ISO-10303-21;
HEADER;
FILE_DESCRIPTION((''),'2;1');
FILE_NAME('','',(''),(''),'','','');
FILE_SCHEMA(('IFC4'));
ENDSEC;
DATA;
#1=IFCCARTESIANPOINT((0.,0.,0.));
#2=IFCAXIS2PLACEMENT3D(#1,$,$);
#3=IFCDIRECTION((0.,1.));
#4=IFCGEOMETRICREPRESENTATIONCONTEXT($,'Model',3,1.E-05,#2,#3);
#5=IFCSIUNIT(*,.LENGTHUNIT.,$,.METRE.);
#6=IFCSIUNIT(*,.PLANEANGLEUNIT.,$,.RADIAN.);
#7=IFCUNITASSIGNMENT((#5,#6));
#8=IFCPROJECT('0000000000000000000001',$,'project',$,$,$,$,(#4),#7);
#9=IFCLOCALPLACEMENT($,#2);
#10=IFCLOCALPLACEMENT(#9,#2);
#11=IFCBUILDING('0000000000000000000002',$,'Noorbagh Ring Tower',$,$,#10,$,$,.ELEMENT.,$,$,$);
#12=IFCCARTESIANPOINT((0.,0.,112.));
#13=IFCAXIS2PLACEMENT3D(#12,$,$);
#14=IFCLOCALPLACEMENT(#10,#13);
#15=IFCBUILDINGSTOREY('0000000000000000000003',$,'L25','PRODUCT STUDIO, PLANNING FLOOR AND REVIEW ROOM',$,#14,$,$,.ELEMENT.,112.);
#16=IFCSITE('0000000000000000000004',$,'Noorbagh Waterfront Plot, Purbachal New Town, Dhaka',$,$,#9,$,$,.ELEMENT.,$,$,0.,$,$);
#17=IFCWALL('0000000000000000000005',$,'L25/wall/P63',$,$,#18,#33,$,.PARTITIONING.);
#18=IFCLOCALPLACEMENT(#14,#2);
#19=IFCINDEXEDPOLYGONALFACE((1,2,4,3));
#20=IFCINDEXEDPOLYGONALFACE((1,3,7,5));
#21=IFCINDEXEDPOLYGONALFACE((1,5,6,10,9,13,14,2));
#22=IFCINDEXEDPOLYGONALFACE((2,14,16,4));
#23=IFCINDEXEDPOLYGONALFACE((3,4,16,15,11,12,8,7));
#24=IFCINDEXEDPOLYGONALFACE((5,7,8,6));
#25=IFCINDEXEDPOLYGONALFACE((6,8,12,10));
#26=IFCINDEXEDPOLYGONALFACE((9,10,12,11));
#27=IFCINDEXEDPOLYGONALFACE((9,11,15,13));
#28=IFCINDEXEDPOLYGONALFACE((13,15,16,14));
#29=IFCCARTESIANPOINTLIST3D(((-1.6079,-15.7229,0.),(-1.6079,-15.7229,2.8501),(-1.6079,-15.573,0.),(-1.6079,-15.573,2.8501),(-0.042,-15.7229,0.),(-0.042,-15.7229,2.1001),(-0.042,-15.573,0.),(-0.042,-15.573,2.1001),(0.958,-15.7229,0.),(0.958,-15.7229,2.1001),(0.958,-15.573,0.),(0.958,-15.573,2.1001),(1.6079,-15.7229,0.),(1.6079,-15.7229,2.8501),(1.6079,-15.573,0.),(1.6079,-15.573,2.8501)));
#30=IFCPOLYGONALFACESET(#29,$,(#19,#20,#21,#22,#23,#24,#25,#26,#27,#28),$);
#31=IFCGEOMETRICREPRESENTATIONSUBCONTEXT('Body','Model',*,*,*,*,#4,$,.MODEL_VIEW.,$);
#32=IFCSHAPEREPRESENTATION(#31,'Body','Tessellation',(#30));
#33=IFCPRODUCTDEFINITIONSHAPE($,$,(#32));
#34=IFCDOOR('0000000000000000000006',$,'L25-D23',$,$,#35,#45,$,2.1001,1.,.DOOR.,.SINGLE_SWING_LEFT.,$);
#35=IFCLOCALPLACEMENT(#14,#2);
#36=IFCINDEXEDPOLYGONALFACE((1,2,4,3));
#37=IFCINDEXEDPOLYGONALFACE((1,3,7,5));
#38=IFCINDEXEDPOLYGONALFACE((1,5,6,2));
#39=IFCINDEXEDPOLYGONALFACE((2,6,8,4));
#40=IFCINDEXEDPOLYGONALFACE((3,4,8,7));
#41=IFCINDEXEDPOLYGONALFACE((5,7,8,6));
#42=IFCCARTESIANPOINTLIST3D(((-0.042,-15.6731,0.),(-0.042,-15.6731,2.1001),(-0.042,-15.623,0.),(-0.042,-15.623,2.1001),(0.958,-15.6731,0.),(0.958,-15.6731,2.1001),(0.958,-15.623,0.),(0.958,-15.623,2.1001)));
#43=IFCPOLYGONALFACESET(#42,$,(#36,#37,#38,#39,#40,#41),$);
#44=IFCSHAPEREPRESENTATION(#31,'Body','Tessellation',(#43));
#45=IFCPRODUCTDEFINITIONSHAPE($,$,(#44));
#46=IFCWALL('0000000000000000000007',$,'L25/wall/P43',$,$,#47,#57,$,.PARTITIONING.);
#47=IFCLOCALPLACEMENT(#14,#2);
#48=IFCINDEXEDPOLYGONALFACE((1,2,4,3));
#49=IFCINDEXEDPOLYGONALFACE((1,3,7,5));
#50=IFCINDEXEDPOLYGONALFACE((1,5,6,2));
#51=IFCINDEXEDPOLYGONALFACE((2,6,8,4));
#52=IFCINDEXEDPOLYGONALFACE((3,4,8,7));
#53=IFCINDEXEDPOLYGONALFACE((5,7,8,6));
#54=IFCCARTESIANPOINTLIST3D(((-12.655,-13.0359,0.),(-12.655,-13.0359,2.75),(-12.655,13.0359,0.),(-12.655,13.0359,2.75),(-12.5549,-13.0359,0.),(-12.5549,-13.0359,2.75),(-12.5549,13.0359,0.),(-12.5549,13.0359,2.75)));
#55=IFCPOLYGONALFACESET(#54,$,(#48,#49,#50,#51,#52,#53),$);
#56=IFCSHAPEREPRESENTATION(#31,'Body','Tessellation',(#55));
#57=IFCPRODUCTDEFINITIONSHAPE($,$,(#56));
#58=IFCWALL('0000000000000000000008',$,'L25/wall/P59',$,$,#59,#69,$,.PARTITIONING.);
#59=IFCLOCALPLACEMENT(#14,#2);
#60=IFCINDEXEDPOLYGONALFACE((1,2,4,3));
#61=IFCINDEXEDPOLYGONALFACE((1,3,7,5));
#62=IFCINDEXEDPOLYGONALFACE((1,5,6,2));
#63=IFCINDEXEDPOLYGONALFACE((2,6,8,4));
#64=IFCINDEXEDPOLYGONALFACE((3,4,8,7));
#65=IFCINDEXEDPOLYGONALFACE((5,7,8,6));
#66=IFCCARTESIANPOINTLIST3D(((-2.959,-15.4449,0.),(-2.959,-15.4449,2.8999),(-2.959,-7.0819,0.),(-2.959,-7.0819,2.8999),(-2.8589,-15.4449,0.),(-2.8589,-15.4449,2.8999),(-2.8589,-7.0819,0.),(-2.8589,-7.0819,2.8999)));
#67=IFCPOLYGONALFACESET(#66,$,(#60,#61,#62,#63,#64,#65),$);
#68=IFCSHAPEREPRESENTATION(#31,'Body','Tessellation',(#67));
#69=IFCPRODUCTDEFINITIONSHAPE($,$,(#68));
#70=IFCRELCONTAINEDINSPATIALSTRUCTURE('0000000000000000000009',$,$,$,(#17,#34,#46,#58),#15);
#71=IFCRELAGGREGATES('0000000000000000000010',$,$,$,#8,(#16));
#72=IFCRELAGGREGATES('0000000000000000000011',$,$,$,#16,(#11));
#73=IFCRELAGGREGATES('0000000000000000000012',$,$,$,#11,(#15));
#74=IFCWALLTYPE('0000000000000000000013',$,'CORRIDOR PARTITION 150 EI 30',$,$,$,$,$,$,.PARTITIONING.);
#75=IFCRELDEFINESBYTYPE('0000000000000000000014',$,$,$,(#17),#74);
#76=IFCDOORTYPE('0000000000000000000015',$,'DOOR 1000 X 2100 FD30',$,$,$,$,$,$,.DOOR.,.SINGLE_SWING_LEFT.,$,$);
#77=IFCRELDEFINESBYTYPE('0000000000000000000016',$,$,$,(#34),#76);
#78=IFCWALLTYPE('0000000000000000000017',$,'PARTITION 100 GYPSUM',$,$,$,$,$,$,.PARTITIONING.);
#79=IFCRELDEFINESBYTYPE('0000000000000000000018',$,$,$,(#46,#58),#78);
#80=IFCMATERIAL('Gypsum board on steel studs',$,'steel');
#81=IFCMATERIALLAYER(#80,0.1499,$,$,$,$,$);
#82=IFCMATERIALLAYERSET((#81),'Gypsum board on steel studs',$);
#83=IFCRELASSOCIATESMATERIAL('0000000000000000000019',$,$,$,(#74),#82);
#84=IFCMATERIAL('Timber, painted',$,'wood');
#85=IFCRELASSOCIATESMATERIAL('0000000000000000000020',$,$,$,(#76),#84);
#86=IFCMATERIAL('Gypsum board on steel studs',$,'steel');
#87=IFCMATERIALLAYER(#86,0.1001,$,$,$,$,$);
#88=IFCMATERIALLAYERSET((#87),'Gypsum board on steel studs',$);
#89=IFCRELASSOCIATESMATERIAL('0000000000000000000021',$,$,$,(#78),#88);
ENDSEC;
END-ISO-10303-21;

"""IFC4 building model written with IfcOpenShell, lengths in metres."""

from ifc_helpers import new_model, si_unit, direction, frame, frame_2d, origin, place, context, subcontext, project, spatial, rectangle, extrude, material, layer, layer_set, type_object, element, fill, save


model = new_model("IFC4")

# Units and contexts
model_context = context("Model", 3, precision=1e-05, world=origin(), true_north=direction((0.0, 1.0)))
body_context = subcontext(model_context, "Body", "Model", "MODEL_VIEW")
ifc_project = project(units=[si_unit("LENGTHUNIT", "METRE"), si_unit("PLANEANGLEUNIT", "RADIAN")], contexts=[model_context])

# Site, building, storey
site_placement = place(None, origin())
site = spatial("IfcSite", under=ifc_project, at=site_placement, Name="Noorbagh Waterfront Plot, Purbachal New Town, Dhaka", CompositionType="ELEMENT", RefElevation=0.0)
building_placement = place(site_placement, origin())
building = spatial("IfcBuilding", under=site, at=building_placement, Name="Noorbagh Ring Tower", CompositionType="ELEMENT")
storey_placement = place(building_placement, frame((0.0, 0.0, 112.0)))
storey = spatial("IfcBuildingStorey", under=building, at=storey_placement, Name="L25", Description="PRODUCT STUDIO, PLANNING FLOOR AND REVIEW ROOM", CompositionType="ELEMENT", Elevation=112.0)

# Shared definitions
ifc_material_1 = material(Name="Gypsum board on steel studs", Category="steel")
ifc_layer_1 = layer(ifc_material_1, 0.1499)
ifc_layer_set_1 = layer_set([ifc_layer_1], Name="Gypsum board on steel studs")
wall_type_1 = type_object("IfcWallType", Name="CORRIDOR PARTITION 150 EI 30", PredefinedType="PARTITIONING", material=ifc_layer_set_1)

# Shared definitions
ifc_material_2 = material(Name="Timber, painted", Category="wood")
door_type_1 = type_object("IfcDoorType", Name="DOOR 1000 X 2100 FD30", OperationType="SINGLE_SWING_LEFT", PredefinedType="DOOR", material=ifc_material_2)

# Wall, opening, door
wall_1_placement = place(storey_placement, frame((-1.6079, -15.6479, 0.0), z_axis=(0.0, 0.0, 1.0), x_axis=(1.0, 0.0, 0.0)))
wall_1 = element("IfcWall", 1, at=wall_1_placement, inside=storey, type_object=wall_type_1, Name="L25/wall/P63", PredefinedType="PARTITIONING", context=body_context, shape_type="SweptSolid", body=[
    extrude(rectangle(XDim=3.2158, YDim=0.1499, at=frame_2d((1.6079, 0.0))), origin(), (0.0, 0.0, 1.0), 2.8501),
])
opening_1_placement = place(wall_1_placement, frame((1.5659, 0.0, 0.0)))
opening_1 = element("IfcOpeningElement", 2, at=opening_1_placement, cuts=wall_1, PredefinedType="OPENING", context=body_context, shape_type="SweptSolid", body=[
    extrude(rectangle(XDim=1.0, YDim=2.1001, at=frame_2d((0.5, 1.05))), frame((0.0, 0.085, 0.0), z_axis=(0.0, -1.0, 0.0), x_axis=(1.0, 0.0, 0.0)), (0.0, 0.0, 1.0), 0.1699),
])
door_1_placement = place(opening_1_placement, origin())
door_1 = element("IfcDoor", 3, at=door_1_placement, inside=storey, type_object=door_type_1, Name="L25-D23", OperationType="SINGLE_SWING_LEFT", OverallHeight=2.1001, OverallWidth=1.0, PredefinedType="DOOR", context=body_context, shape_type="SweptSolid", body=[
    extrude(rectangle(XDim=1.0, YDim=2.1001, at=frame_2d((0.5, 1.05))), frame((0.0, 0.0249, 0.0), z_axis=(0.0, -1.0, 0.0), x_axis=(1.0, 0.0, 0.0)), (0.0, 0.0, 1.0), 0.05),
])
fill(opening_1, door_1)

# Walls
ifc_material_3 = material(Name="Gypsum board on steel studs", Category="steel")
ifc_layer_2 = layer(ifc_material_3, 0.1001)
ifc_layer_set_2 = layer_set([ifc_layer_2], Name="Gypsum board on steel studs")
wall_type_2 = type_object("IfcWallType", Name="PARTITION 100 GYPSUM", PredefinedType="PARTITIONING", material=ifc_layer_set_2)
wall_2_placement = place(storey_placement, frame((-12.605, -13.0359, 0.0), z_axis=(0.0, 0.0, 1.0), x_axis=(0.0, 1.0, 0.0)))
element("IfcWall", 4, at=wall_2_placement, inside=storey, type_object=wall_type_2, Name="L25/wall/P43", PredefinedType="PARTITIONING", context=body_context, shape_type="SweptSolid", body=[
    extrude(rectangle(XDim=26.0718, YDim=0.1001, at=frame_2d((13.0359, 0.0))), origin(), (0.0, 0.0, 1.0), 2.75),
])
wall_3_placement = place(storey_placement, frame((-2.9089, -15.4451, 0.0), z_axis=(0.0, 0.0, 1.0), x_axis=(0.0, 1.0, 0.0)))
element("IfcWall", 5, at=wall_3_placement, inside=storey, type_object=wall_type_2, Name="L25/wall/P59", PredefinedType="PARTITIONING", context=body_context, shape_type="SweptSolid", body=[
    extrude(rectangle(XDim=8.363, YDim=0.1001, at=frame_2d((4.1816, 0.0))), origin(), (0.0, 0.0, 1.0), 2.8999),
])

save(model, "model.ifc")
